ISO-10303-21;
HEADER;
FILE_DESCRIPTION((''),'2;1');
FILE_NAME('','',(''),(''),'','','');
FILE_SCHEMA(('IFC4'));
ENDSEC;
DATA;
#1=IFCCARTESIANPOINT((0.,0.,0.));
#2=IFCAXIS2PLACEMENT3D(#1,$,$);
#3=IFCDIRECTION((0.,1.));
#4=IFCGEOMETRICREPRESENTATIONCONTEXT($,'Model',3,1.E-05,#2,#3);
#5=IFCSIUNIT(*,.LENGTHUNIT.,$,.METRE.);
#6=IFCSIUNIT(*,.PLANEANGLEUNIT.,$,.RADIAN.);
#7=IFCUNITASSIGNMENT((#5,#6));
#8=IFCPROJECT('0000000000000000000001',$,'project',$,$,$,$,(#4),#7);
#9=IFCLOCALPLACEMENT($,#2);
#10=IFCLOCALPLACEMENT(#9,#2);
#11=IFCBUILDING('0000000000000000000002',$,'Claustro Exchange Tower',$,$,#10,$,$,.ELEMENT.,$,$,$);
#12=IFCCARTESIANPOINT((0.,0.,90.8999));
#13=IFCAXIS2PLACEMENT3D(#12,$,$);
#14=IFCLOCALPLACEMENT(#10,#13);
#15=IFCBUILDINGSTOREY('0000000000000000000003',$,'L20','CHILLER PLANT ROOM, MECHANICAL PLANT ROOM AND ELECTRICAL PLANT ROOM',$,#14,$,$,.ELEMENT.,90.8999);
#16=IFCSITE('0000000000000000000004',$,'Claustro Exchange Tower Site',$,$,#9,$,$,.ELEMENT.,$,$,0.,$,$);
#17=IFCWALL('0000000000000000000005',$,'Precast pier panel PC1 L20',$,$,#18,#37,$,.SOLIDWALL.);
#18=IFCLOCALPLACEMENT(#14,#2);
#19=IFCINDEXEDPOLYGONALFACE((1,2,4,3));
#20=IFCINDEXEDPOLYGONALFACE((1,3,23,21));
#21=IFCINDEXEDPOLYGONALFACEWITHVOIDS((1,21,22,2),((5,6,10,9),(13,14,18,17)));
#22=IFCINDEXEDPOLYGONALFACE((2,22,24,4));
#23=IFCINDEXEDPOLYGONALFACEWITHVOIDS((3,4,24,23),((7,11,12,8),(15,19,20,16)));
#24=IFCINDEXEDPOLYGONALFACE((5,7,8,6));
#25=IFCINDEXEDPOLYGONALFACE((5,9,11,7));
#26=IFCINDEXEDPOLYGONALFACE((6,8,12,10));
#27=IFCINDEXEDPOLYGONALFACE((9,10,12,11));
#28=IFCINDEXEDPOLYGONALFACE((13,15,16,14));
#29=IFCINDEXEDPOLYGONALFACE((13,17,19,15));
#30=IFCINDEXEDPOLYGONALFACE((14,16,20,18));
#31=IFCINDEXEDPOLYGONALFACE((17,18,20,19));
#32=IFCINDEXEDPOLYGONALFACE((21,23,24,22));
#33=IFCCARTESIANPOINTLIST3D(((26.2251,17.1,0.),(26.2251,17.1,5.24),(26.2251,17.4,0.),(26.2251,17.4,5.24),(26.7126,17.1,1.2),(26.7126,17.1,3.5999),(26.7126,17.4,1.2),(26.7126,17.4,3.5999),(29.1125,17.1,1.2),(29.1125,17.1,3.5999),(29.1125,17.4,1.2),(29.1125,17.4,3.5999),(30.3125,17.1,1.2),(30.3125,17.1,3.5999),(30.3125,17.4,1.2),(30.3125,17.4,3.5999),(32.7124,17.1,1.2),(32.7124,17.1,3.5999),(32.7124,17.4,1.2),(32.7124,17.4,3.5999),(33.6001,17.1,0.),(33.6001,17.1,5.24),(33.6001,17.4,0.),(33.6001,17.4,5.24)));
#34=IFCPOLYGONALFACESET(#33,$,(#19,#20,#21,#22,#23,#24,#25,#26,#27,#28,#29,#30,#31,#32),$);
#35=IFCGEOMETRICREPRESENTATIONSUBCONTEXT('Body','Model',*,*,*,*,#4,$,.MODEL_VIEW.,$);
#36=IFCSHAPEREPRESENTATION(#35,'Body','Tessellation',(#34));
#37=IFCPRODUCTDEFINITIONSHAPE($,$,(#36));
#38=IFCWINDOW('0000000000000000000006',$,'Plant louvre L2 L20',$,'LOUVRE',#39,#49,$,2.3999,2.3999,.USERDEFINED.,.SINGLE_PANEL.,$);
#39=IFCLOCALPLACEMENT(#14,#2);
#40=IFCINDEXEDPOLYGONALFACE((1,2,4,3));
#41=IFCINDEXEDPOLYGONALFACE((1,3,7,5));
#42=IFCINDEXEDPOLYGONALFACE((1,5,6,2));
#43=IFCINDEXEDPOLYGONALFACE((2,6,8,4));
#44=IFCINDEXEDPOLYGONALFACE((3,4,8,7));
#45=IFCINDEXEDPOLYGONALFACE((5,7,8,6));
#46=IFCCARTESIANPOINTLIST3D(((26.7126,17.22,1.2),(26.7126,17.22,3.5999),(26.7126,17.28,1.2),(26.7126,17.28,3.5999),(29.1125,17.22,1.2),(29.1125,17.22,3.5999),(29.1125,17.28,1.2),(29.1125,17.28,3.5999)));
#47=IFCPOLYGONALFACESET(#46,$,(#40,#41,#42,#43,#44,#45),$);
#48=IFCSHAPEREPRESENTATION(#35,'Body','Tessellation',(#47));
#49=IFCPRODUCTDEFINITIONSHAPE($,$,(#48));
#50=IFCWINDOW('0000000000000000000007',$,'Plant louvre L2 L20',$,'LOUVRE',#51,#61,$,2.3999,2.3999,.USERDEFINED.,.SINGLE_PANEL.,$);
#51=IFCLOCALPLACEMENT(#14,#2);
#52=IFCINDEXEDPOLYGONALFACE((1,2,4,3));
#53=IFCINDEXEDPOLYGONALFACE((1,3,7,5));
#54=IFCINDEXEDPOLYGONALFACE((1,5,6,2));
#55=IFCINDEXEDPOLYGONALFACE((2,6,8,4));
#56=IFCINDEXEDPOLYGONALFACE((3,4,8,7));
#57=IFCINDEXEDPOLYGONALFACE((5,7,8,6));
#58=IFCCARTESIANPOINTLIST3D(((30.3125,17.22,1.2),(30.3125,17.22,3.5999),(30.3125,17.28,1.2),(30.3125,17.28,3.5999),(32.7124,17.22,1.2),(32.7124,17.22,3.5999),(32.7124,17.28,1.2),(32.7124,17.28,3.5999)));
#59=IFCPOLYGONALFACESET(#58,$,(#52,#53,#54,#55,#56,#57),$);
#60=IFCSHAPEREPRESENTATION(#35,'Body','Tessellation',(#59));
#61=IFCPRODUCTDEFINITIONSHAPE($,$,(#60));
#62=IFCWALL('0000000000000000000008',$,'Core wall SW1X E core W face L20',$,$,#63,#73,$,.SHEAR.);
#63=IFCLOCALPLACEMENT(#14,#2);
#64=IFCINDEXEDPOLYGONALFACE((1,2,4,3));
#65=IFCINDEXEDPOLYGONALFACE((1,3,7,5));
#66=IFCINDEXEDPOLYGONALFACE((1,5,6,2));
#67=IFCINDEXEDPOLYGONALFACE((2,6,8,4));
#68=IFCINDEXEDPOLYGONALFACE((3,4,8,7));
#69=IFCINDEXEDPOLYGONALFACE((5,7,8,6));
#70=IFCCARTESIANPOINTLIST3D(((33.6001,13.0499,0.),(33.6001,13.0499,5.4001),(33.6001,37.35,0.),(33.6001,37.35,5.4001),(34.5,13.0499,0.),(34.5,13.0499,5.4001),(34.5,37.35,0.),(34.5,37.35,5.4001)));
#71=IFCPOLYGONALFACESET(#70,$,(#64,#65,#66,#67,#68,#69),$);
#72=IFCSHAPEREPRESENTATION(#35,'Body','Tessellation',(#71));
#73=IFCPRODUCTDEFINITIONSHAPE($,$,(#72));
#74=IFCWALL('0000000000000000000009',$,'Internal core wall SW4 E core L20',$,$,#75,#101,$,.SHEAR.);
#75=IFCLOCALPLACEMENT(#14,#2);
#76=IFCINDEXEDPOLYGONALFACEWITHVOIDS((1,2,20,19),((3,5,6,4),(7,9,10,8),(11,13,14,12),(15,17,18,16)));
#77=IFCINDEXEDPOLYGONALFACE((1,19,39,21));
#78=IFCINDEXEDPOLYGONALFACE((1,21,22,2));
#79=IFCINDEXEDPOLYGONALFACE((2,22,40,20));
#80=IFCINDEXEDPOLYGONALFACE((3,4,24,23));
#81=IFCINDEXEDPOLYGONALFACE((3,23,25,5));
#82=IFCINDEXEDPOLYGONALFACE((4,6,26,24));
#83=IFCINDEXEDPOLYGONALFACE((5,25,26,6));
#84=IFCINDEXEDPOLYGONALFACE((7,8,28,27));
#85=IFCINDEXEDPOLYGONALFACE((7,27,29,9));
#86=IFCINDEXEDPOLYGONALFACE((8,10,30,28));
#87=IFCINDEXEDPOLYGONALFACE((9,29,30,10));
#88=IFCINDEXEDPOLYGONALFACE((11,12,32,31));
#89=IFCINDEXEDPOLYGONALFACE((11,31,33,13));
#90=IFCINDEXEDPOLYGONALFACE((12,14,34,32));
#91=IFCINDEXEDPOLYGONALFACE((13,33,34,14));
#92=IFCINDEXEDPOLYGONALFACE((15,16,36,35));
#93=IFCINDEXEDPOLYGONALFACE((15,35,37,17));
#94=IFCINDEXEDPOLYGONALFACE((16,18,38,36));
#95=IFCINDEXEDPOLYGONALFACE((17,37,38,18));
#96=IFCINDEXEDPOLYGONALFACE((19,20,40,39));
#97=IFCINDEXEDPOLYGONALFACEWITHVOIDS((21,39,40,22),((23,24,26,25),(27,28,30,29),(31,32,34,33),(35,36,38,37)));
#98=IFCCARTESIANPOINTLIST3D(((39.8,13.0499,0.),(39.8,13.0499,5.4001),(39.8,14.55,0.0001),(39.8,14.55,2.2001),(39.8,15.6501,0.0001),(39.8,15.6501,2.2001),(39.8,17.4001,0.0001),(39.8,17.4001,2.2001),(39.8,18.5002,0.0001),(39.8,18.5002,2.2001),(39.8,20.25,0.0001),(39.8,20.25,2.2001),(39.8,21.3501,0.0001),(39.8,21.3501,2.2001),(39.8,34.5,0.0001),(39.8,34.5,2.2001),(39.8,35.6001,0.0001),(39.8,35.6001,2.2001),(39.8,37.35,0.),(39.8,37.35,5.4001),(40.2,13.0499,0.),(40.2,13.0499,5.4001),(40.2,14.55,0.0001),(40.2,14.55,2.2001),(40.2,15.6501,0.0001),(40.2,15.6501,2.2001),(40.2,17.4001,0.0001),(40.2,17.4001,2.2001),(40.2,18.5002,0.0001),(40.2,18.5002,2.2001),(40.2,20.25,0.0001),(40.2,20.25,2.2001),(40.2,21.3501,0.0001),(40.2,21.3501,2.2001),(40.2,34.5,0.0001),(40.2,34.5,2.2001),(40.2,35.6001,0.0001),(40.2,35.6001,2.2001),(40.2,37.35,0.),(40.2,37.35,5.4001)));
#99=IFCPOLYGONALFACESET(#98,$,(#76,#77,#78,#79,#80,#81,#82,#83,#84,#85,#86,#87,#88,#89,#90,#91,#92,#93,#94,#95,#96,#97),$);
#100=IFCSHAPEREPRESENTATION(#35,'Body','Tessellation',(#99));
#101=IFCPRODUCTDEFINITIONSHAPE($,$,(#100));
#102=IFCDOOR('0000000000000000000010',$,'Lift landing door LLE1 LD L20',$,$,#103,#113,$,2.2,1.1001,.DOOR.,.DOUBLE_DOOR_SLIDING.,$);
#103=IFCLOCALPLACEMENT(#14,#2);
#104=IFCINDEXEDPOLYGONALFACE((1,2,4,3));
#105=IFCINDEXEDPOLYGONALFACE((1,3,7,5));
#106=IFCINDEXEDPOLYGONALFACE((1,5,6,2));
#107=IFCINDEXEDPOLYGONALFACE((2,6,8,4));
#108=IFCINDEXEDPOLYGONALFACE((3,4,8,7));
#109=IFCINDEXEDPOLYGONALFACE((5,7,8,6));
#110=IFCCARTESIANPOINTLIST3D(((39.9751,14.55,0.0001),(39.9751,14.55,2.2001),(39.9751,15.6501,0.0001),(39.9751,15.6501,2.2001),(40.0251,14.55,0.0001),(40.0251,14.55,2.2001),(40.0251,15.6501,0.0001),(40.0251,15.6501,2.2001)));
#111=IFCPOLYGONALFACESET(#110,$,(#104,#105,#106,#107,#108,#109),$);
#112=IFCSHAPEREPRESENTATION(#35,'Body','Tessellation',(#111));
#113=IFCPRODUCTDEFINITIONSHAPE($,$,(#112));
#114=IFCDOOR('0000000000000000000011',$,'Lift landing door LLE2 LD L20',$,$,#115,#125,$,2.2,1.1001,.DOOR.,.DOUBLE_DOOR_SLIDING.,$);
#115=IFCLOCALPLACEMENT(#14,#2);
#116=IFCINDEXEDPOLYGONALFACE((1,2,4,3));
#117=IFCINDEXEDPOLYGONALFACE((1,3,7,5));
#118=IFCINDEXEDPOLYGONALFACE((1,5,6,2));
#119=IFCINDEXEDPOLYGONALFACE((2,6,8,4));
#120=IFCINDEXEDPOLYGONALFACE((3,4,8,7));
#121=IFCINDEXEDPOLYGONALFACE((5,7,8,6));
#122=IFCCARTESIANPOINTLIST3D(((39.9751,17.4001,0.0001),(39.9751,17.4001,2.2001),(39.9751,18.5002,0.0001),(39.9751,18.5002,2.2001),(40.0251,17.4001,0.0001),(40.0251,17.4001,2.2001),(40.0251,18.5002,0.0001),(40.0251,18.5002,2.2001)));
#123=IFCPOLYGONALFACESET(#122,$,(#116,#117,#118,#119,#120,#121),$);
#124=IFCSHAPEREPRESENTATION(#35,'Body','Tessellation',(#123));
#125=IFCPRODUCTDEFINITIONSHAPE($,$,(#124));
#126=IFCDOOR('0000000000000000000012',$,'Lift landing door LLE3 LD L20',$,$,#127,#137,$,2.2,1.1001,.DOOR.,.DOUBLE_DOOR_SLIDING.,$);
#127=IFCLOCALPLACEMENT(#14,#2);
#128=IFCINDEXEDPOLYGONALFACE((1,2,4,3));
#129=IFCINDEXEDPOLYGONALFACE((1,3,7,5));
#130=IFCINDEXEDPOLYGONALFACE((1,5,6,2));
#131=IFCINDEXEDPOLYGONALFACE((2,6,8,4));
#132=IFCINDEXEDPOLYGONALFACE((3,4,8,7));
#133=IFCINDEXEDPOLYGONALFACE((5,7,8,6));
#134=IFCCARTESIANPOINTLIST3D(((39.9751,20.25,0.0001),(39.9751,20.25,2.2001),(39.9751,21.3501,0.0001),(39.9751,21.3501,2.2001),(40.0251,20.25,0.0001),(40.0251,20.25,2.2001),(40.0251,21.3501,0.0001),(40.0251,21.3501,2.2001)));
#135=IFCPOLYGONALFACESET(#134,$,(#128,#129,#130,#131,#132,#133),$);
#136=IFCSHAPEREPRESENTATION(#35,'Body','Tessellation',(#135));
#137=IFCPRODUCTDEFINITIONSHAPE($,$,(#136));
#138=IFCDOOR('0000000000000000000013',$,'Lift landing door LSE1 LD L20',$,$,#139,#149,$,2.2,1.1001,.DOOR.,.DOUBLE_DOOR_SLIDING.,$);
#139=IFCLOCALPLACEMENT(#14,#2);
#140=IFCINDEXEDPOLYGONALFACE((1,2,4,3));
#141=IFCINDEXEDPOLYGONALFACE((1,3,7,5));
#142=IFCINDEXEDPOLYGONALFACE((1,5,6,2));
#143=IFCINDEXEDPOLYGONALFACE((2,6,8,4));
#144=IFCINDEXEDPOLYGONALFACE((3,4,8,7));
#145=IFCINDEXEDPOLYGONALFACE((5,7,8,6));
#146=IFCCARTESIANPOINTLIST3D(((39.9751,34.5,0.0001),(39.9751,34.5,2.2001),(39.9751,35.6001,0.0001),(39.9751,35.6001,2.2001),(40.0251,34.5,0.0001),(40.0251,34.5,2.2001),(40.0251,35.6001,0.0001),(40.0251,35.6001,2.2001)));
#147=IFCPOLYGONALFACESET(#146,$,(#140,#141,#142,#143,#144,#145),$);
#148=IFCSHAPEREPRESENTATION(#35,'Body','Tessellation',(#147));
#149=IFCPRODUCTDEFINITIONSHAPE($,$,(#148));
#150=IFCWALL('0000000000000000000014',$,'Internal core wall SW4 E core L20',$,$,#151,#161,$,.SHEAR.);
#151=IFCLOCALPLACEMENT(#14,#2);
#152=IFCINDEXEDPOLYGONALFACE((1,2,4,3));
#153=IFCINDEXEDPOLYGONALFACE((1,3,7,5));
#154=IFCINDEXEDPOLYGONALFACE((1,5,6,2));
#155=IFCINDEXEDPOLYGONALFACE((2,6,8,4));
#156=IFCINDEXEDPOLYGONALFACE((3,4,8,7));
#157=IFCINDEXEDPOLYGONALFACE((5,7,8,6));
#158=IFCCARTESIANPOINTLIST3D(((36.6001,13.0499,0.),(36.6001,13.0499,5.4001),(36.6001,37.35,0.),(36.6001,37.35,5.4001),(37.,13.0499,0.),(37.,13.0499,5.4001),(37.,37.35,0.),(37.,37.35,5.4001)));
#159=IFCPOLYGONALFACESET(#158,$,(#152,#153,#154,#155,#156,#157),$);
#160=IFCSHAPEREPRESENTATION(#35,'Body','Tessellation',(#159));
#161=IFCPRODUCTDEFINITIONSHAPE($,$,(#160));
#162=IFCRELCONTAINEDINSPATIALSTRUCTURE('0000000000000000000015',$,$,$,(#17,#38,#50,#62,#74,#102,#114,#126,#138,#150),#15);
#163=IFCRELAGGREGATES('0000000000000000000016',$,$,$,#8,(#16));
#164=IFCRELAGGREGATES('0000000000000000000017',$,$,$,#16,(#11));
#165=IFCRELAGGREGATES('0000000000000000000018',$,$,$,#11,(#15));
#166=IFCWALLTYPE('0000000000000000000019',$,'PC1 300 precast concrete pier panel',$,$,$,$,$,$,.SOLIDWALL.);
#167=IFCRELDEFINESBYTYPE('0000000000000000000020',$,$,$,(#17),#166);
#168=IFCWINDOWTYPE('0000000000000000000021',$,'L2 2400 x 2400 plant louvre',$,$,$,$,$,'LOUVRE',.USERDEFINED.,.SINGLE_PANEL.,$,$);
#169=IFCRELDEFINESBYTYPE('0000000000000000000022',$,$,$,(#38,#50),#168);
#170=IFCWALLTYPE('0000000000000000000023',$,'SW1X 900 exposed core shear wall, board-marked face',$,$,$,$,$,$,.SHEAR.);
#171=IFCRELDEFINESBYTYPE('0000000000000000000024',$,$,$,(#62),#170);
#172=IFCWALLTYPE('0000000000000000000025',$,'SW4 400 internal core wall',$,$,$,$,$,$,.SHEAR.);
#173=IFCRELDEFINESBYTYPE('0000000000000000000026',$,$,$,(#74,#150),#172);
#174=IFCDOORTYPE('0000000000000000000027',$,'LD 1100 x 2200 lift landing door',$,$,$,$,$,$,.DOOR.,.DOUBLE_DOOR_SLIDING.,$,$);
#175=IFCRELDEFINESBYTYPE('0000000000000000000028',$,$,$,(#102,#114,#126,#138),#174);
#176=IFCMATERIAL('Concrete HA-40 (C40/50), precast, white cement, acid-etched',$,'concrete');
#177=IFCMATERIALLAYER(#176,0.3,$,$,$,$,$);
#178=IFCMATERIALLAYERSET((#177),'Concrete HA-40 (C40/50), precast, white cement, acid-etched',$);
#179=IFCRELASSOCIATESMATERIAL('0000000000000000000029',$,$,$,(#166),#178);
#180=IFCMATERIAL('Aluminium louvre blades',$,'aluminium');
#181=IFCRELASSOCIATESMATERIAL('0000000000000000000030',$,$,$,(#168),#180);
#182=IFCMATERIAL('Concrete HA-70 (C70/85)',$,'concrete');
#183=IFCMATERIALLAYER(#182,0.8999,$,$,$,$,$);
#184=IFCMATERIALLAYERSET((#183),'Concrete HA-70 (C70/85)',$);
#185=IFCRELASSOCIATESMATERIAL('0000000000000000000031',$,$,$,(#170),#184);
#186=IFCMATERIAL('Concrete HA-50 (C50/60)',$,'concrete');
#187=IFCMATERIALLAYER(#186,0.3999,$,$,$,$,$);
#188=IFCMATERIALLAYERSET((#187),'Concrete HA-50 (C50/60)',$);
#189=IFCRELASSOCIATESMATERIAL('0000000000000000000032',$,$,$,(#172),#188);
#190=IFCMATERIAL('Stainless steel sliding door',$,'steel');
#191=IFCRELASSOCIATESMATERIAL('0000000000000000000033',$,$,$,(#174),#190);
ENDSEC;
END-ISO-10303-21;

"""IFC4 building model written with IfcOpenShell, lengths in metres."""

from ifc_helpers import new_model, si_unit, direction, frame, frame_2d, origin, place, context, subcontext, project, spatial, rectangle, extrude, material, layer, layer_set, type_object, element, fill, save


model = new_model("IFC4")

# Units and contexts
model_context = context("Model", 3, precision=1e-05, world=origin(), true_north=direction((0.0, 1.0)))
body_context = subcontext(model_context, "Body", "Model", "MODEL_VIEW")
ifc_project = project(units=[si_unit("LENGTHUNIT", "METRE"), si_unit("PLANEANGLEUNIT", "RADIAN")], contexts=[model_context])

# Site, building, storey
site_placement = place(None, origin())
site = spatial("IfcSite", under=ifc_project, at=site_placement, Name="Claustro Exchange Tower Site", CompositionType="ELEMENT", RefElevation=0.0)
building_placement = place(site_placement, origin())
building = spatial("IfcBuilding", under=site, at=building_placement, Name="Claustro Exchange Tower", CompositionType="ELEMENT")
storey_placement = place(building_placement, frame((0.0, 0.0, 90.8999)))
storey = spatial("IfcBuildingStorey", under=building, at=storey_placement, Name="L20", Description="CHILLER PLANT ROOM, MECHANICAL PLANT ROOM AND ELECTRICAL PLANT ROOM", CompositionType="ELEMENT", Elevation=90.8999)

# Wall, openings, windows
ifc_material_1 = material(Name="Concrete HA-40 (C40/50), precast, white cement, acid-etched", Category="concrete")
ifc_layer_1 = layer(ifc_material_1, 0.3)
ifc_layer_set_1 = layer_set([ifc_layer_1], Name="Concrete HA-40 (C40/50), precast, white cement, acid-etched")
wall_type_1 = type_object("IfcWallType", Name="PC1 300 precast concrete pier panel", PredefinedType="SOLIDWALL", material=ifc_layer_set_1)
wall_1_placement = place(storey_placement, frame((26.2251, 17.25, 0.0), z_axis=(0.0, 0.0, 1.0), x_axis=(1.0, 0.0, 0.0)))
wall_1 = element("IfcWall", 1, at=wall_1_placement, inside=storey, type_object=wall_type_1, Name="Precast pier panel PC1 L20", PredefinedType="SOLIDWALL", context=body_context, shape_type="SweptSolid", body=[
    extrude(rectangle(XDim=7.375, YDim=0.3, at=frame_2d((3.6875, 0.0))), origin(), (0.0, 0.0, 1.0), 5.24),
])
opening_1_placement = place(wall_1_placement, frame((0.4875, 0.0, 1.2)))
opening_1 = element("IfcOpeningElement", 2, at=opening_1_placement, cuts=wall_1, PredefinedType="OPENING", context=body_context, shape_type="SweptSolid", body=[
    extrude(rectangle(XDim=2.3999, YDim=2.3999, at=frame_2d((1.2, 1.2))), frame((0.0, 0.1599, 0.0), z_axis=(0.0, -1.0, 0.0), x_axis=(1.0, 0.0, 0.0)), (0.0, 0.0, 1.0), 0.3201),
])
opening_2_placement = place(wall_1_placement, frame((4.0874, 0.0, 1.2)))
opening_2 = element("IfcOpeningElement", 3, at=opening_2_placement, cuts=wall_1, PredefinedType="OPENING", context=body_context, shape_type="SweptSolid", body=[
    extrude(rectangle(XDim=2.3999, YDim=2.3999, at=frame_2d((1.2, 1.2))), frame((0.0, 0.1599, 0.0), z_axis=(0.0, -1.0, 0.0), x_axis=(1.0, 0.0, 0.0)), (0.0, 0.0, 1.0), 0.3201),
])
ifc_material_2 = material(Name="Aluminium louvre blades", Category="aluminium")
window_type = type_object("IfcWindowType", Name="L2 2400 x 2400 plant louvre", ElementType="LOUVRE", PartitioningType="SINGLE_PANEL", PredefinedType="USERDEFINED", material=ifc_material_2)
window_1_placement = place(opening_1_placement, origin())
window_1 = element("IfcWindow", 4, at=window_1_placement, inside=storey, type_object=window_type, Name="Plant louvre L2 L20", ObjectType="LOUVRE", OverallHeight=2.3999, OverallWidth=2.3999, PartitioningType="SINGLE_PANEL", PredefinedType="USERDEFINED", context=body_context, shape_type="SweptSolid", body=[
    extrude(rectangle(XDim=2.3999, YDim=2.3999, at=frame_2d((1.2, 1.2))), frame((0.0, 0.03, 0.0), z_axis=(0.0, -1.0, 0.0), x_axis=(1.0, 0.0, 0.0)), (0.0, 0.0, 1.0), 0.0601),
])
fill(opening_1, window_1)
window_2_placement = place(opening_2_placement, origin())
window_2 = element("IfcWindow", 5, at=window_2_placement, inside=storey, type_object=window_type, Name="Plant louvre L2 L20", ObjectType="LOUVRE", OverallHeight=2.3999, OverallWidth=2.3999, PartitioningType="SINGLE_PANEL", PredefinedType="USERDEFINED", context=body_context, shape_type="SweptSolid", body=[
    extrude(rectangle(XDim=2.3999, YDim=2.3999, at=frame_2d((1.2, 1.2))), frame((0.0, 0.03, 0.0), z_axis=(0.0, -1.0, 0.0), x_axis=(1.0, 0.0, 0.0)), (0.0, 0.0, 1.0), 0.0601),
])
fill(opening_2, window_2)

# Wall
ifc_material_3 = material(Name="Concrete HA-70 (C70/85)", Category="concrete")
ifc_layer_2 = layer(ifc_material_3, 0.8999)
ifc_layer_set_2 = layer_set([ifc_layer_2], Name="Concrete HA-70 (C70/85)")
wall_type_2 = type_object("IfcWallType", Name="SW1X 900 exposed core shear wall, board-marked face", PredefinedType="SHEAR", material=ifc_layer_set_2)
wall_2_placement = place(storey_placement, frame((34.05, 13.05, 0.0), z_axis=(0.0, 0.0, 1.0), x_axis=(0.0, 1.0, 0.0)))
element("IfcWall", 6, at=wall_2_placement, inside=storey, type_object=wall_type_2, Name="Core wall SW1X E core W face L20", PredefinedType="SHEAR", context=body_context, shape_type="SweptSolid", body=[
    extrude(rectangle(XDim=24.3, YDim=0.8999, at=frame_2d((12.1499, 0.0))), origin(), (0.0, 0.0, 1.0), 5.4001),
])

# Wall, openings, doors
ifc_material_4 = material(Name="Concrete HA-50 (C50/60)", Category="concrete")
ifc_layer_3 = layer(ifc_material_4, 0.3999)
ifc_layer_set_3 = layer_set([ifc_layer_3], Name="Concrete HA-50 (C50/60)")
wall_type_3 = type_object("IfcWallType", Name="SW4 400 internal core wall", PredefinedType="SHEAR", material=ifc_layer_set_3)
wall_3_placement = place(storey_placement, frame((40.0, 13.05, 0.0), z_axis=(0.0, 0.0, 1.0), x_axis=(0.0, 1.0, 0.0)))
wall_3 = element("IfcWall", 7, at=wall_3_placement, inside=storey, type_object=wall_type_3, Name="Internal core wall SW4 E core L20", PredefinedType="SHEAR", context=body_context, shape_type="SweptSolid", body=[
    extrude(rectangle(XDim=24.3, YDim=0.3999, at=frame_2d((12.1499, 0.0))), origin(), (0.0, 0.0, 1.0), 5.4001),
])
opening_3_placement = place(wall_3_placement, frame((1.5, 0.0, 0.0)))
opening_3 = element("IfcOpeningElement", 8, at=opening_3_placement, cuts=wall_3, PredefinedType="OPENING", context=body_context, shape_type="SweptSolid", body=[
    extrude(rectangle(XDim=1.1001, YDim=2.2, at=frame_2d((0.55, 1.1001))), frame((0.0, 0.21, 0.0), z_axis=(0.0, -1.0, 0.0), x_axis=(1.0, 0.0, 0.0)), (0.0, 0.0, 1.0), 0.4199),
])
opening_4_placement = place(wall_3_placement, frame((4.3501, 0.0, 0.0)))
opening_4 = element("IfcOpeningElement", 9, at=opening_4_placement, cuts=wall_3, PredefinedType="OPENING", context=body_context, shape_type="SweptSolid", body=[
    extrude(rectangle(XDim=1.1001, YDim=2.2, at=frame_2d((0.55, 1.1001))), frame((0.0, 0.21, 0.0), z_axis=(0.0, -1.0, 0.0), x_axis=(1.0, 0.0, 0.0)), (0.0, 0.0, 1.0), 0.4199),
])
opening_5_placement = place(wall_3_placement, frame((7.2, 0.0, 0.0)))
opening_5 = element("IfcOpeningElement", 10, at=opening_5_placement, cuts=wall_3, PredefinedType="OPENING", context=body_context, shape_type="SweptSolid", body=[
    extrude(rectangle(XDim=1.1001, YDim=2.2, at=frame_2d((0.55, 1.1001))), frame((0.0, 0.21, 0.0), z_axis=(0.0, -1.0, 0.0), x_axis=(1.0, 0.0, 0.0)), (0.0, 0.0, 1.0), 0.4199),
])
opening_6_placement = place(wall_3_placement, frame((21.45, 0.0, 0.0)))
opening_6 = element("IfcOpeningElement", 11, at=opening_6_placement, cuts=wall_3, PredefinedType="OPENING", context=body_context, shape_type="SweptSolid", body=[
    extrude(rectangle(XDim=1.1001, YDim=2.2, at=frame_2d((0.55, 1.1001))), frame((0.0, 0.21, 0.0), z_axis=(0.0, -1.0, 0.0), x_axis=(1.0, 0.0, 0.0)), (0.0, 0.0, 1.0), 0.4199),
])
ifc_material_5 = material(Name="Stainless steel sliding door", Category="steel")
door_type_1 = type_object("IfcDoorType", Name="LD 1100 x 2200 lift landing door", OperationType="DOUBLE_DOOR_SLIDING", PredefinedType="DOOR", material=ifc_material_5)
door_1_placement = place(opening_3_placement, origin())
door_1 = element("IfcDoor", 12, at=door_1_placement, inside=storey, type_object=door_type_1, Name="Lift landing door LLE1 LD L20", OperationType="DOUBLE_DOOR_SLIDING", OverallHeight=2.2, OverallWidth=1.1001, PredefinedType="DOOR", context=body_context, shape_type="SweptSolid", body=[
    extrude(rectangle(XDim=1.1001, YDim=2.2, at=frame_2d((0.55, 1.1001))), frame((0.0, 0.0249, 0.0), z_axis=(0.0, -1.0, 0.0), x_axis=(1.0, 0.0, 0.0)), (0.0, 0.0, 1.0), 0.05),
])
fill(opening_3, door_1)
door_2_placement = place(opening_4_placement, origin())
door_2 = element("IfcDoor", 13, at=door_2_placement, inside=storey, type_object=door_type_1, Name="Lift landing door LLE2 LD L20", OperationType="DOUBLE_DOOR_SLIDING", OverallHeight=2.2, OverallWidth=1.1001, PredefinedType="DOOR", context=body_context, shape_type="SweptSolid", body=[
    extrude(rectangle(XDim=1.1001, YDim=2.2, at=frame_2d((0.55, 1.1001))), frame((0.0, 0.0249, 0.0), z_axis=(0.0, -1.0, 0.0), x_axis=(1.0, 0.0, 0.0)), (0.0, 0.0, 1.0), 0.05),
])
fill(opening_4, door_2)
door_3_placement = place(opening_5_placement, origin())
door_3 = element("IfcDoor", 14, at=door_3_placement, inside=storey, type_object=door_type_1, Name="Lift landing door LLE3 LD L20", OperationType="DOUBLE_DOOR_SLIDING", OverallHeight=2.2, OverallWidth=1.1001, PredefinedType="DOOR", context=body_context, shape_type="SweptSolid", body=[
    extrude(rectangle(XDim=1.1001, YDim=2.2, at=frame_2d((0.55, 1.1001))), frame((0.0, 0.0249, 0.0), z_axis=(0.0, -1.0, 0.0), x_axis=(1.0, 0.0, 0.0)), (0.0, 0.0, 1.0), 0.05),
])
fill(opening_5, door_3)
door_4_placement = place(opening_6_placement, origin())
door_4 = element("IfcDoor", 15, at=door_4_placement, inside=storey, type_object=door_type_1, Name="Lift landing door LSE1 LD L20", OperationType="DOUBLE_DOOR_SLIDING", OverallHeight=2.2, OverallWidth=1.1001, PredefinedType="DOOR", context=body_context, shape_type="SweptSolid", body=[
    extrude(rectangle(XDim=1.1001, YDim=2.2, at=frame_2d((0.55, 1.1001))), frame((0.0, 0.0249, 0.0), z_axis=(0.0, -1.0, 0.0), x_axis=(1.0, 0.0, 0.0)), (0.0, 0.0, 1.0), 0.05),
])
fill(opening_6, door_4)

# Wall
wall_4_placement = place(storey_placement, frame((36.8, 13.05, 0.0), z_axis=(0.0, 0.0, 1.0), x_axis=(0.0, 1.0, 0.0)))
element("IfcWall", 16, at=wall_4_placement, inside=storey, type_object=wall_type_3, Name="Internal core wall SW4 E core L20", PredefinedType="SHEAR", context=body_context, shape_type="SweptSolid", body=[
    extrude(rectangle(XDim=24.3, YDim=0.3999, at=frame_2d((12.1499, 0.0))), origin(), (0.0, 0.0, 1.0), 5.4001),
])

save(model, "model.ifc")
